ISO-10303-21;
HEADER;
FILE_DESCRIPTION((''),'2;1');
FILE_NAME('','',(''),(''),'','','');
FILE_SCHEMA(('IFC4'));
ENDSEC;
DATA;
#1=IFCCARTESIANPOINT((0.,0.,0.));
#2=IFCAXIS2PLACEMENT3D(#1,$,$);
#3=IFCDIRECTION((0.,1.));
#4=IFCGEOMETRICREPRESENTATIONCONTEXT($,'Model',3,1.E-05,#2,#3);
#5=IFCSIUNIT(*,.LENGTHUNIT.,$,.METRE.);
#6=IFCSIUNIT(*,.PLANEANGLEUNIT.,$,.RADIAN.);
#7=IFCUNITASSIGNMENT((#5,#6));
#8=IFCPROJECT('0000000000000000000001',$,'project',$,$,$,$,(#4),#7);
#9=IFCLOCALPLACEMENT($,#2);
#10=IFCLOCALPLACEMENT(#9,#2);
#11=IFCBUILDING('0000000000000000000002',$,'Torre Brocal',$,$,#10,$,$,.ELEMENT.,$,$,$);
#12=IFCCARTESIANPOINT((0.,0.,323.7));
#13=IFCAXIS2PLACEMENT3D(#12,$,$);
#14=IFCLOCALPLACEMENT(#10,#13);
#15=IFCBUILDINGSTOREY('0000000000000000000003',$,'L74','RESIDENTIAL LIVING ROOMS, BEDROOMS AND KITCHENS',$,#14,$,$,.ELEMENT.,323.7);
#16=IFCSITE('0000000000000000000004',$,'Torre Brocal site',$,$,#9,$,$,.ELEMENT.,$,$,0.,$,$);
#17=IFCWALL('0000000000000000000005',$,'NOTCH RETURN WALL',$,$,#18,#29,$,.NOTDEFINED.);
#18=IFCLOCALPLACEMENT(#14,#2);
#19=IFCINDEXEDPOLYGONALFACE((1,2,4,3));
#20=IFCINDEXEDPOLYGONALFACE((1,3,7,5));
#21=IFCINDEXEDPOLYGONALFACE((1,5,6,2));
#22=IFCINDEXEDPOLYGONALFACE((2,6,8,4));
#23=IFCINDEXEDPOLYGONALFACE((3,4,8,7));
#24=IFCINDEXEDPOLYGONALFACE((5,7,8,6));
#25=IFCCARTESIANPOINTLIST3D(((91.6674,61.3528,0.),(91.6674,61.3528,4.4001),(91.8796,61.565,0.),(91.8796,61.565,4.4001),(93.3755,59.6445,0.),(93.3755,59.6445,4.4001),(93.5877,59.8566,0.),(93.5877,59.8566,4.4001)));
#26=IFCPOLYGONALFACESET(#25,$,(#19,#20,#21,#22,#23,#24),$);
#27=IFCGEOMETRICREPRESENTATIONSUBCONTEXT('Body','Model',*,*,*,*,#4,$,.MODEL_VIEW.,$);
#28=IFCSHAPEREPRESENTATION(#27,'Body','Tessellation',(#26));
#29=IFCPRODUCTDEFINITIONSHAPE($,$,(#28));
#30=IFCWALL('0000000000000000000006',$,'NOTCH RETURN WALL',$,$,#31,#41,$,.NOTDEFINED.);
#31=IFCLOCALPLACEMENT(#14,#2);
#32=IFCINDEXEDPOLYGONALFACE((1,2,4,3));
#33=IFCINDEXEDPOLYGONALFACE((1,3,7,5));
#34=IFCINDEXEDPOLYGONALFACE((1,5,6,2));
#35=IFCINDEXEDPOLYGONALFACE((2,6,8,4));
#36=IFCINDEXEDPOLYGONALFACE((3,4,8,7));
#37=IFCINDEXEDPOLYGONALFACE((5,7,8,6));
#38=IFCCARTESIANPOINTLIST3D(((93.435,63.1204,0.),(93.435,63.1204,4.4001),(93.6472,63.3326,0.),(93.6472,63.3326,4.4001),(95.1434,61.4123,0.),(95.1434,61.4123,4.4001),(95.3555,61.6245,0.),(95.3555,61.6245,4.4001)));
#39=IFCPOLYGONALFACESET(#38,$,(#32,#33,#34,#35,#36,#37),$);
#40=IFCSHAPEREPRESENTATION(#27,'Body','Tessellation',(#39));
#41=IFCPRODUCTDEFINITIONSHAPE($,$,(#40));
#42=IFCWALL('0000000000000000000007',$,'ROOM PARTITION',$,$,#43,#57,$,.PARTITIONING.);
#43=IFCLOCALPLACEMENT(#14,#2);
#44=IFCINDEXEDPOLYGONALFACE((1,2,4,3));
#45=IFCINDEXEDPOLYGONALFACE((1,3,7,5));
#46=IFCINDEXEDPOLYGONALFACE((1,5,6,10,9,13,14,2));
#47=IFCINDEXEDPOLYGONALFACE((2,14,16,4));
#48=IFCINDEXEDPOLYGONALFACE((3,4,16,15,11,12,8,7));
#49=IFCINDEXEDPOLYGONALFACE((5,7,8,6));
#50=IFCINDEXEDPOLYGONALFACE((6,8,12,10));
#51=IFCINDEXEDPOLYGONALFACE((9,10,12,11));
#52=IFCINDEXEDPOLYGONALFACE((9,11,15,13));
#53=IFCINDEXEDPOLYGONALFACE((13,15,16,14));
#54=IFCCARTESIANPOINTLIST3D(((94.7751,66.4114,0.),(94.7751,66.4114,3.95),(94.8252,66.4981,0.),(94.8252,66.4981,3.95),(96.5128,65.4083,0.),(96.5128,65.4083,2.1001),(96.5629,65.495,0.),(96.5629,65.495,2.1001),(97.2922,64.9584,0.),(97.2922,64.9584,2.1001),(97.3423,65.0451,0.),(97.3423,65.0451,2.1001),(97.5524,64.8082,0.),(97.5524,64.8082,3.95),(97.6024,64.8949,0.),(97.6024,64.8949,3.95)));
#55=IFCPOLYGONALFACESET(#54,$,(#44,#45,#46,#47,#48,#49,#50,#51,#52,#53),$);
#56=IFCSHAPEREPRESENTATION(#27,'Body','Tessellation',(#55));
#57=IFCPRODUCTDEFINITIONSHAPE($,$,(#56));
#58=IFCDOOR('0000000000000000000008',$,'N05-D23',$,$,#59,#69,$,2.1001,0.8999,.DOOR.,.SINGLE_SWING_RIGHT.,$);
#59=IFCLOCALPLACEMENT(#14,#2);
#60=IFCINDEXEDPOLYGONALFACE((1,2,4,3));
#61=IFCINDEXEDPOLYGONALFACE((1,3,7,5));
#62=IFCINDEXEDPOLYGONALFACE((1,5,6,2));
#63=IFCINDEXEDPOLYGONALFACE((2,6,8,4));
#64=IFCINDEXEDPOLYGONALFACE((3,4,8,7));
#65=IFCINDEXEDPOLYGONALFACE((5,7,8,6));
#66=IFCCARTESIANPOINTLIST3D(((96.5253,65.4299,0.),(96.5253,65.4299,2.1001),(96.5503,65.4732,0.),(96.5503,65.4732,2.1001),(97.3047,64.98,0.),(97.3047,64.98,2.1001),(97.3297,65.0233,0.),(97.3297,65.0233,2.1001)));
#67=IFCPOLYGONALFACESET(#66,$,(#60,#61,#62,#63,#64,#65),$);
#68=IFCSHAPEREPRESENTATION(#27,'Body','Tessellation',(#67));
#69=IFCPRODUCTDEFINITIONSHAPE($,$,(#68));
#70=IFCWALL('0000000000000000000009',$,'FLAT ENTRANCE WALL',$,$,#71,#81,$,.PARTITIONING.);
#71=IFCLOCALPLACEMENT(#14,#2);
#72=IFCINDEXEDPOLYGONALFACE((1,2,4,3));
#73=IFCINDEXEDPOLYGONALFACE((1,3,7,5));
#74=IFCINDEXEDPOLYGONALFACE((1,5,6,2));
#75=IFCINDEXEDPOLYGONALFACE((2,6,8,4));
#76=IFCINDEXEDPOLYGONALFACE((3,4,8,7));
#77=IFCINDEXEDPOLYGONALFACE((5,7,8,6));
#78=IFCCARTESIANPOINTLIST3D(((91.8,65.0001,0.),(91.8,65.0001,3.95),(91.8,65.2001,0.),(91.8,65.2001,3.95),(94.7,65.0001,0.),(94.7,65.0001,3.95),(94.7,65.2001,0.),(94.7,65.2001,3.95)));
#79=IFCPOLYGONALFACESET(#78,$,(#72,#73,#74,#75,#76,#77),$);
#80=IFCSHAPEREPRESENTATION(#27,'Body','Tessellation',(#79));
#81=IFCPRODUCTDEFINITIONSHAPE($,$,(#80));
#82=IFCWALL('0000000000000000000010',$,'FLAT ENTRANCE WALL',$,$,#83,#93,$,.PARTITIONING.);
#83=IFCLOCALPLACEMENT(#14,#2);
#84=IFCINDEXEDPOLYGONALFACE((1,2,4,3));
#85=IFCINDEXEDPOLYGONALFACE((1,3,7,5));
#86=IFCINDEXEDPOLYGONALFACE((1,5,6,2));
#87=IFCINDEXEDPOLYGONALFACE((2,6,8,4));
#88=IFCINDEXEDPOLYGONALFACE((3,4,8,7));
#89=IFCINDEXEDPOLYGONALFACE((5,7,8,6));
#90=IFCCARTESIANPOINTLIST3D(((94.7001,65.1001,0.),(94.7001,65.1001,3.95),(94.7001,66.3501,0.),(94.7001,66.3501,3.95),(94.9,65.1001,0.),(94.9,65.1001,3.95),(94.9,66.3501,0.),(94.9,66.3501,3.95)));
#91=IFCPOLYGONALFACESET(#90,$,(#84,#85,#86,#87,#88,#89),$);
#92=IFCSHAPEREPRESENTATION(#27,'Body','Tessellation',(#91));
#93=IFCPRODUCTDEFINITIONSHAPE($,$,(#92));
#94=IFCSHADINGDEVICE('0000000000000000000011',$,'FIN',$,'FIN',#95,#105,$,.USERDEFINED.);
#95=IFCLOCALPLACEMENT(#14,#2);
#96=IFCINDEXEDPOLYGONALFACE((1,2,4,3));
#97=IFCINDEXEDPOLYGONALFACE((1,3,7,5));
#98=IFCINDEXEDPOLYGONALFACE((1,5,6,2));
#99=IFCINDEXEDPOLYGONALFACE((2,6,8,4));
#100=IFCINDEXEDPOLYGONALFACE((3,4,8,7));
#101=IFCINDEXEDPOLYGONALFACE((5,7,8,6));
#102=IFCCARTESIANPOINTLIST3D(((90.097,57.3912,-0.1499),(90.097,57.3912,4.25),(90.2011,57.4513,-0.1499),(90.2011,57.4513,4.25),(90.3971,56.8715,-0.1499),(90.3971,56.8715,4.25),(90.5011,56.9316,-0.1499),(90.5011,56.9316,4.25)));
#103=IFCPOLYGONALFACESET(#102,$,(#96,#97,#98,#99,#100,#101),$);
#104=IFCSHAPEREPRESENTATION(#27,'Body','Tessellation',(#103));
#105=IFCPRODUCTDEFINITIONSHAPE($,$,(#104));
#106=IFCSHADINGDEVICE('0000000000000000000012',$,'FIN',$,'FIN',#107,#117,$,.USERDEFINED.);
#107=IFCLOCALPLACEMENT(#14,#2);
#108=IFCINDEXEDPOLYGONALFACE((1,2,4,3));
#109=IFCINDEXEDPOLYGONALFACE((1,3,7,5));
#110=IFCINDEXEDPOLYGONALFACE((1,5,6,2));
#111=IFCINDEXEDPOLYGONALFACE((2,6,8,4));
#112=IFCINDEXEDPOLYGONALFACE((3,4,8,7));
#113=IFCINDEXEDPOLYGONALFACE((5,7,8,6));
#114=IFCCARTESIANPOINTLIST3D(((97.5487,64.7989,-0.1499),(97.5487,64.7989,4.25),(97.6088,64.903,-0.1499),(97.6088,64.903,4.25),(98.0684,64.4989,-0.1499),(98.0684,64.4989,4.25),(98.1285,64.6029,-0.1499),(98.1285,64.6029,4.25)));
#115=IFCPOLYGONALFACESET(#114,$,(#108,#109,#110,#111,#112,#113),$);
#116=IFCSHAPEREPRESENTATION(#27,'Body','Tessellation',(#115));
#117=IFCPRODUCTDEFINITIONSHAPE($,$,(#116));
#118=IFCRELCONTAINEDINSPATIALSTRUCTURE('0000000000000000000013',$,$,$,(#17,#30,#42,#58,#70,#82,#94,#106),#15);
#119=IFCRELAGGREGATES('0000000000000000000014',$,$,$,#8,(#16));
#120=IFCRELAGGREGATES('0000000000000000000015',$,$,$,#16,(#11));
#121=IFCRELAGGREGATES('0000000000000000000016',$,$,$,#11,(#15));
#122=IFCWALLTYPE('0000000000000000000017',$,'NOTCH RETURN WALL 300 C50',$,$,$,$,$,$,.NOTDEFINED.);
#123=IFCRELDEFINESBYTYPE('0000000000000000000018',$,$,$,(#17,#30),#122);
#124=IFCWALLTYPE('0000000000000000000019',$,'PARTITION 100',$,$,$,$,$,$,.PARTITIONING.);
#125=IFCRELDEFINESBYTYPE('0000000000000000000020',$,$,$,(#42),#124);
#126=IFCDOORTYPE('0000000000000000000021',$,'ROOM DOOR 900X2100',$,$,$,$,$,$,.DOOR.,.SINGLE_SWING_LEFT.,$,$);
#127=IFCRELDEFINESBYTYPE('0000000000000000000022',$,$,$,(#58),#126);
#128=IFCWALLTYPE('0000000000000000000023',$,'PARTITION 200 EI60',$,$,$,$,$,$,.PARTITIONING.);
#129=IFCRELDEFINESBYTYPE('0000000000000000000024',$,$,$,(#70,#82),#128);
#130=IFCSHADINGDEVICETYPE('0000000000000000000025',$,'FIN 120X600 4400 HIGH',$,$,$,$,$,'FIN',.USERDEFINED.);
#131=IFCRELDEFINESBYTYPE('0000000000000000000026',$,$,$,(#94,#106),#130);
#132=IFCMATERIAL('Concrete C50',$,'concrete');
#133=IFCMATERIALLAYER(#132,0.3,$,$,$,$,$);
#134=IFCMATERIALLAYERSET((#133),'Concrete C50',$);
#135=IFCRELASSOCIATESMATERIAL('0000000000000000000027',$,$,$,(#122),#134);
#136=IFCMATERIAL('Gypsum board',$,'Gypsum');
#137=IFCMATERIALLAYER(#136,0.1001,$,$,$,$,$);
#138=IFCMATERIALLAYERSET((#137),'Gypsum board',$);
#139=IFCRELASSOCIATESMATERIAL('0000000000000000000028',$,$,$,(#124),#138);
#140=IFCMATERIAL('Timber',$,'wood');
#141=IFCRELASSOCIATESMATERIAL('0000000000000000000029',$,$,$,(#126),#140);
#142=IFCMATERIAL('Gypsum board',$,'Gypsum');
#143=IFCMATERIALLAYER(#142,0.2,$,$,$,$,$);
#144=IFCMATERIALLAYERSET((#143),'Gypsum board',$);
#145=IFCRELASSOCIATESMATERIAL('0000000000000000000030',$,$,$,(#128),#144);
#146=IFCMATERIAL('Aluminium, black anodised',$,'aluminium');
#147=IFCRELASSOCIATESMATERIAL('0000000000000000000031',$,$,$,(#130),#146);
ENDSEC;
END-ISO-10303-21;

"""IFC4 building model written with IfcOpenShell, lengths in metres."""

from ifc_helpers import new_model, si_unit, direction, frame, frame_2d, origin, origin_2d, place, context, subcontext, project, spatial, rectangle, extrude, material, layer, layer_set, material_profile, profile_set, type_object, element, fill, save


model = new_model("IFC4")

# Units and contexts
model_context = context("Model", 3, precision=1e-05, world=origin(), true_north=direction((0.0, 1.0)))
body_context = subcontext(model_context, "Body", "Model", "MODEL_VIEW")
ifc_project = project(units=[si_unit("LENGTHUNIT", "METRE"), si_unit("PLANEANGLEUNIT", "RADIAN")], contexts=[model_context])

# Site, building, storey
site_placement = place(None, origin())
site = spatial("IfcSite", under=ifc_project, at=site_placement, Name="Torre Brocal site", CompositionType="ELEMENT", RefElevation=0.0)
building_placement = place(site_placement, origin())
building = spatial("IfcBuilding", under=site, at=building_placement, Name="Torre Brocal", CompositionType="ELEMENT")
storey_placement = place(building_placement, frame((0.0, 0.0, 323.7)))
storey = spatial("IfcBuildingStorey", under=building, at=storey_placement, Name="L74", Description="RESIDENTIAL LIVING ROOMS, BEDROOMS AND KITCHENS", CompositionType="ELEMENT", Elevation=323.7)

# Walls
ifc_material_1 = material(Name="Concrete C50", Category="concrete")
ifc_layer_1 = layer(ifc_material_1, 0.3)
ifc_layer_set_1 = layer_set([ifc_layer_1], Name="Concrete C50")
wall_type_1 = type_object("IfcWallType", Name="NOTCH RETURN WALL 300 C50", PredefinedType="NOTDEFINED", material=ifc_layer_set_1)
for number, where, z_axis, x_axis, name in (
    (1, (91.7734, 61.459, 0.0), (0.0, 0.0, 1.0), (0.707056, -0.707157, 0.0), "NOTCH RETURN WALL"),
    (2, (93.541, 63.2266, 0.0), (0.0, 0.0, 1.0), (0.707157, -0.707056, 0.0), "NOTCH RETURN WALL"),
):
    element("IfcWall", number, at=place(storey_placement, frame(where, z_axis=z_axis, x_axis=x_axis)), inside=storey, type_object=wall_type_1, Name=name, PredefinedType="NOTDEFINED", context=body_context, shape_type="SweptSolid", body=[
        extrude(rectangle(XDim=2.4158, YDim=0.3, at=frame_2d((1.208, 0.0))), origin(), (0.0, 0.0, 1.0), 4.4001),
    ])

# Wall, opening, door
ifc_material_2 = material(Name="Gypsum board", Category="Gypsum")
ifc_layer_2 = layer(ifc_material_2, 0.1001)
ifc_layer_set_2 = layer_set([ifc_layer_2], Name="Gypsum board")
wall_type_2 = type_object("IfcWallType", Name="PARTITION 100", PredefinedType="PARTITIONING", material=ifc_layer_set_2)
wall_1_placement = place(storey_placement, frame((94.8, 66.4548, 0.0), z_axis=(0.0, 0.0, 1.0), x_axis=(0.866056, -0.499947, 0.0)))
wall_1 = element("IfcWall", 3, at=wall_1_placement, inside=storey, type_object=wall_type_2, Name="ROOM PARTITION", PredefinedType="PARTITIONING", context=body_context, shape_type="SweptSolid", body=[
    extrude(rectangle(XDim=3.2068, YDim=0.1001, at=frame_2d((1.6035, 0.0))), origin(), (0.0, 0.0, 1.0), 3.95),
])
opening_placement = place(wall_1_placement, frame((2.0066, 0.0, 0.0)))
opening = element("IfcOpeningElement", 4, at=opening_placement, cuts=wall_1, PredefinedType="OPENING", context=body_context, shape_type="SweptSolid", body=[
    extrude(rectangle(XDim=0.8999, YDim=2.1001, at=frame_2d((0.45, 1.05))), frame((0.0, 0.0601, 0.0), z_axis=(0.0, -1.0, 0.0), x_axis=(1.0, 0.0, 0.0)), (0.0, 0.0, 1.0), 0.1201),
])
ifc_material_3 = material(Name="Timber", Category="wood")
door_type = type_object("IfcDoorType", Name="ROOM DOOR 900X2100", OperationType="SINGLE_SWING_LEFT", PredefinedType="DOOR", material=ifc_material_3)
door_placement = place(opening_placement, origin())
door = element("IfcDoor", 5, at=door_placement, inside=storey, type_object=door_type, Name="N05-D23", OperationType="SINGLE_SWING_RIGHT", OverallHeight=2.1001, OverallWidth=0.8999, PredefinedType="DOOR", context=body_context, shape_type="SweptSolid", body=[
    extrude(rectangle(XDim=0.8999, YDim=2.1001, at=frame_2d((0.45, 1.05))), frame((0.0, 0.0249, 0.0), z_axis=(0.0, -1.0, 0.0), x_axis=(1.0, 0.0, 0.0)), (0.0, 0.0, 1.0), 0.05),
])
fill(opening, door)

# Walls
ifc_material_4 = material(Name="Gypsum board", Category="Gypsum")
ifc_layer_3 = layer(ifc_material_4, 0.2)
ifc_layer_set_3 = layer_set([ifc_layer_3], Name="Gypsum board")
wall_type_3 = type_object("IfcWallType", Name="PARTITION 200 EI60", PredefinedType="PARTITIONING", material=ifc_layer_set_3)
wall_2_placement = place(storey_placement, frame((91.8, 65.1001, 0.0), z_axis=(0.0, 0.0, 1.0), x_axis=(1.0, 0.0, 0.0)))
element("IfcWall", 6, at=wall_2_placement, inside=storey, type_object=wall_type_3, Name="FLAT ENTRANCE WALL", PredefinedType="PARTITIONING", context=body_context, shape_type="SweptSolid", body=[
    extrude(rectangle(XDim=2.8999, YDim=0.2, at=frame_2d((1.45, 0.0))), origin(), (0.0, 0.0, 1.0), 3.95),
])
wall_3_placement = place(storey_placement, frame((94.8, 65.1001, 0.0), z_axis=(0.0, 0.0, 1.0), x_axis=(0.0, 1.0, 0.0)))
element("IfcWall", 7, at=wall_3_placement, inside=storey, type_object=wall_type_3, Name="FLAT ENTRANCE WALL", PredefinedType="PARTITIONING", context=body_context, shape_type="SweptSolid", body=[
    extrude(rectangle(XDim=1.25, YDim=0.2, at=frame_2d((0.625, 0.0))), origin(), (0.0, 0.0, 1.0), 3.95),
])

# Shading devices
ifc_material_5 = material(Name="Aluminium, black anodised", Category="aluminium")
ifc_material_profile_1 = material_profile(ifc_material_5, rectangle(XDim=0.1201, YDim=0.6001, at=origin_2d()), Name="FIN 120X600 4400 HIGH")
ifc_profile_set_1 = profile_set([ifc_material_profile_1], Name="Aluminium, black anodised")
shading_device_type = type_object("IfcShadingDeviceType", Name="FIN 120X600 4400 HIGH", ElementType="FIN", PredefinedType="USERDEFINED", material=ifc_profile_set_1)
for number, where, z_axis, x_axis, name in (
    (8, (90.2991, 57.1614, -0.1499), (0.0, 0.0, 1.0), (0.866025, 0.5, 0.0), "FIN"),
    (9, (97.8386, 64.7009, -0.1499), (0.0, 0.0, 1.0), (0.5, 0.866025, 0.0), "FIN"),
):
    element("IfcShadingDevice", number, at=place(storey_placement, frame(where, z_axis=z_axis, x_axis=x_axis)), inside=storey, type_object=shading_device_type, Name=name, ObjectType="FIN", PredefinedType="USERDEFINED", context=body_context, shape_type="SweptSolid", body=[
        extrude(rectangle(XDim=0.1201, YDim=0.6001, at=origin_2d()), origin(), (0.0, 0.0, 1.0), 4.3999),
    ])

save(model, "model.ifc")
